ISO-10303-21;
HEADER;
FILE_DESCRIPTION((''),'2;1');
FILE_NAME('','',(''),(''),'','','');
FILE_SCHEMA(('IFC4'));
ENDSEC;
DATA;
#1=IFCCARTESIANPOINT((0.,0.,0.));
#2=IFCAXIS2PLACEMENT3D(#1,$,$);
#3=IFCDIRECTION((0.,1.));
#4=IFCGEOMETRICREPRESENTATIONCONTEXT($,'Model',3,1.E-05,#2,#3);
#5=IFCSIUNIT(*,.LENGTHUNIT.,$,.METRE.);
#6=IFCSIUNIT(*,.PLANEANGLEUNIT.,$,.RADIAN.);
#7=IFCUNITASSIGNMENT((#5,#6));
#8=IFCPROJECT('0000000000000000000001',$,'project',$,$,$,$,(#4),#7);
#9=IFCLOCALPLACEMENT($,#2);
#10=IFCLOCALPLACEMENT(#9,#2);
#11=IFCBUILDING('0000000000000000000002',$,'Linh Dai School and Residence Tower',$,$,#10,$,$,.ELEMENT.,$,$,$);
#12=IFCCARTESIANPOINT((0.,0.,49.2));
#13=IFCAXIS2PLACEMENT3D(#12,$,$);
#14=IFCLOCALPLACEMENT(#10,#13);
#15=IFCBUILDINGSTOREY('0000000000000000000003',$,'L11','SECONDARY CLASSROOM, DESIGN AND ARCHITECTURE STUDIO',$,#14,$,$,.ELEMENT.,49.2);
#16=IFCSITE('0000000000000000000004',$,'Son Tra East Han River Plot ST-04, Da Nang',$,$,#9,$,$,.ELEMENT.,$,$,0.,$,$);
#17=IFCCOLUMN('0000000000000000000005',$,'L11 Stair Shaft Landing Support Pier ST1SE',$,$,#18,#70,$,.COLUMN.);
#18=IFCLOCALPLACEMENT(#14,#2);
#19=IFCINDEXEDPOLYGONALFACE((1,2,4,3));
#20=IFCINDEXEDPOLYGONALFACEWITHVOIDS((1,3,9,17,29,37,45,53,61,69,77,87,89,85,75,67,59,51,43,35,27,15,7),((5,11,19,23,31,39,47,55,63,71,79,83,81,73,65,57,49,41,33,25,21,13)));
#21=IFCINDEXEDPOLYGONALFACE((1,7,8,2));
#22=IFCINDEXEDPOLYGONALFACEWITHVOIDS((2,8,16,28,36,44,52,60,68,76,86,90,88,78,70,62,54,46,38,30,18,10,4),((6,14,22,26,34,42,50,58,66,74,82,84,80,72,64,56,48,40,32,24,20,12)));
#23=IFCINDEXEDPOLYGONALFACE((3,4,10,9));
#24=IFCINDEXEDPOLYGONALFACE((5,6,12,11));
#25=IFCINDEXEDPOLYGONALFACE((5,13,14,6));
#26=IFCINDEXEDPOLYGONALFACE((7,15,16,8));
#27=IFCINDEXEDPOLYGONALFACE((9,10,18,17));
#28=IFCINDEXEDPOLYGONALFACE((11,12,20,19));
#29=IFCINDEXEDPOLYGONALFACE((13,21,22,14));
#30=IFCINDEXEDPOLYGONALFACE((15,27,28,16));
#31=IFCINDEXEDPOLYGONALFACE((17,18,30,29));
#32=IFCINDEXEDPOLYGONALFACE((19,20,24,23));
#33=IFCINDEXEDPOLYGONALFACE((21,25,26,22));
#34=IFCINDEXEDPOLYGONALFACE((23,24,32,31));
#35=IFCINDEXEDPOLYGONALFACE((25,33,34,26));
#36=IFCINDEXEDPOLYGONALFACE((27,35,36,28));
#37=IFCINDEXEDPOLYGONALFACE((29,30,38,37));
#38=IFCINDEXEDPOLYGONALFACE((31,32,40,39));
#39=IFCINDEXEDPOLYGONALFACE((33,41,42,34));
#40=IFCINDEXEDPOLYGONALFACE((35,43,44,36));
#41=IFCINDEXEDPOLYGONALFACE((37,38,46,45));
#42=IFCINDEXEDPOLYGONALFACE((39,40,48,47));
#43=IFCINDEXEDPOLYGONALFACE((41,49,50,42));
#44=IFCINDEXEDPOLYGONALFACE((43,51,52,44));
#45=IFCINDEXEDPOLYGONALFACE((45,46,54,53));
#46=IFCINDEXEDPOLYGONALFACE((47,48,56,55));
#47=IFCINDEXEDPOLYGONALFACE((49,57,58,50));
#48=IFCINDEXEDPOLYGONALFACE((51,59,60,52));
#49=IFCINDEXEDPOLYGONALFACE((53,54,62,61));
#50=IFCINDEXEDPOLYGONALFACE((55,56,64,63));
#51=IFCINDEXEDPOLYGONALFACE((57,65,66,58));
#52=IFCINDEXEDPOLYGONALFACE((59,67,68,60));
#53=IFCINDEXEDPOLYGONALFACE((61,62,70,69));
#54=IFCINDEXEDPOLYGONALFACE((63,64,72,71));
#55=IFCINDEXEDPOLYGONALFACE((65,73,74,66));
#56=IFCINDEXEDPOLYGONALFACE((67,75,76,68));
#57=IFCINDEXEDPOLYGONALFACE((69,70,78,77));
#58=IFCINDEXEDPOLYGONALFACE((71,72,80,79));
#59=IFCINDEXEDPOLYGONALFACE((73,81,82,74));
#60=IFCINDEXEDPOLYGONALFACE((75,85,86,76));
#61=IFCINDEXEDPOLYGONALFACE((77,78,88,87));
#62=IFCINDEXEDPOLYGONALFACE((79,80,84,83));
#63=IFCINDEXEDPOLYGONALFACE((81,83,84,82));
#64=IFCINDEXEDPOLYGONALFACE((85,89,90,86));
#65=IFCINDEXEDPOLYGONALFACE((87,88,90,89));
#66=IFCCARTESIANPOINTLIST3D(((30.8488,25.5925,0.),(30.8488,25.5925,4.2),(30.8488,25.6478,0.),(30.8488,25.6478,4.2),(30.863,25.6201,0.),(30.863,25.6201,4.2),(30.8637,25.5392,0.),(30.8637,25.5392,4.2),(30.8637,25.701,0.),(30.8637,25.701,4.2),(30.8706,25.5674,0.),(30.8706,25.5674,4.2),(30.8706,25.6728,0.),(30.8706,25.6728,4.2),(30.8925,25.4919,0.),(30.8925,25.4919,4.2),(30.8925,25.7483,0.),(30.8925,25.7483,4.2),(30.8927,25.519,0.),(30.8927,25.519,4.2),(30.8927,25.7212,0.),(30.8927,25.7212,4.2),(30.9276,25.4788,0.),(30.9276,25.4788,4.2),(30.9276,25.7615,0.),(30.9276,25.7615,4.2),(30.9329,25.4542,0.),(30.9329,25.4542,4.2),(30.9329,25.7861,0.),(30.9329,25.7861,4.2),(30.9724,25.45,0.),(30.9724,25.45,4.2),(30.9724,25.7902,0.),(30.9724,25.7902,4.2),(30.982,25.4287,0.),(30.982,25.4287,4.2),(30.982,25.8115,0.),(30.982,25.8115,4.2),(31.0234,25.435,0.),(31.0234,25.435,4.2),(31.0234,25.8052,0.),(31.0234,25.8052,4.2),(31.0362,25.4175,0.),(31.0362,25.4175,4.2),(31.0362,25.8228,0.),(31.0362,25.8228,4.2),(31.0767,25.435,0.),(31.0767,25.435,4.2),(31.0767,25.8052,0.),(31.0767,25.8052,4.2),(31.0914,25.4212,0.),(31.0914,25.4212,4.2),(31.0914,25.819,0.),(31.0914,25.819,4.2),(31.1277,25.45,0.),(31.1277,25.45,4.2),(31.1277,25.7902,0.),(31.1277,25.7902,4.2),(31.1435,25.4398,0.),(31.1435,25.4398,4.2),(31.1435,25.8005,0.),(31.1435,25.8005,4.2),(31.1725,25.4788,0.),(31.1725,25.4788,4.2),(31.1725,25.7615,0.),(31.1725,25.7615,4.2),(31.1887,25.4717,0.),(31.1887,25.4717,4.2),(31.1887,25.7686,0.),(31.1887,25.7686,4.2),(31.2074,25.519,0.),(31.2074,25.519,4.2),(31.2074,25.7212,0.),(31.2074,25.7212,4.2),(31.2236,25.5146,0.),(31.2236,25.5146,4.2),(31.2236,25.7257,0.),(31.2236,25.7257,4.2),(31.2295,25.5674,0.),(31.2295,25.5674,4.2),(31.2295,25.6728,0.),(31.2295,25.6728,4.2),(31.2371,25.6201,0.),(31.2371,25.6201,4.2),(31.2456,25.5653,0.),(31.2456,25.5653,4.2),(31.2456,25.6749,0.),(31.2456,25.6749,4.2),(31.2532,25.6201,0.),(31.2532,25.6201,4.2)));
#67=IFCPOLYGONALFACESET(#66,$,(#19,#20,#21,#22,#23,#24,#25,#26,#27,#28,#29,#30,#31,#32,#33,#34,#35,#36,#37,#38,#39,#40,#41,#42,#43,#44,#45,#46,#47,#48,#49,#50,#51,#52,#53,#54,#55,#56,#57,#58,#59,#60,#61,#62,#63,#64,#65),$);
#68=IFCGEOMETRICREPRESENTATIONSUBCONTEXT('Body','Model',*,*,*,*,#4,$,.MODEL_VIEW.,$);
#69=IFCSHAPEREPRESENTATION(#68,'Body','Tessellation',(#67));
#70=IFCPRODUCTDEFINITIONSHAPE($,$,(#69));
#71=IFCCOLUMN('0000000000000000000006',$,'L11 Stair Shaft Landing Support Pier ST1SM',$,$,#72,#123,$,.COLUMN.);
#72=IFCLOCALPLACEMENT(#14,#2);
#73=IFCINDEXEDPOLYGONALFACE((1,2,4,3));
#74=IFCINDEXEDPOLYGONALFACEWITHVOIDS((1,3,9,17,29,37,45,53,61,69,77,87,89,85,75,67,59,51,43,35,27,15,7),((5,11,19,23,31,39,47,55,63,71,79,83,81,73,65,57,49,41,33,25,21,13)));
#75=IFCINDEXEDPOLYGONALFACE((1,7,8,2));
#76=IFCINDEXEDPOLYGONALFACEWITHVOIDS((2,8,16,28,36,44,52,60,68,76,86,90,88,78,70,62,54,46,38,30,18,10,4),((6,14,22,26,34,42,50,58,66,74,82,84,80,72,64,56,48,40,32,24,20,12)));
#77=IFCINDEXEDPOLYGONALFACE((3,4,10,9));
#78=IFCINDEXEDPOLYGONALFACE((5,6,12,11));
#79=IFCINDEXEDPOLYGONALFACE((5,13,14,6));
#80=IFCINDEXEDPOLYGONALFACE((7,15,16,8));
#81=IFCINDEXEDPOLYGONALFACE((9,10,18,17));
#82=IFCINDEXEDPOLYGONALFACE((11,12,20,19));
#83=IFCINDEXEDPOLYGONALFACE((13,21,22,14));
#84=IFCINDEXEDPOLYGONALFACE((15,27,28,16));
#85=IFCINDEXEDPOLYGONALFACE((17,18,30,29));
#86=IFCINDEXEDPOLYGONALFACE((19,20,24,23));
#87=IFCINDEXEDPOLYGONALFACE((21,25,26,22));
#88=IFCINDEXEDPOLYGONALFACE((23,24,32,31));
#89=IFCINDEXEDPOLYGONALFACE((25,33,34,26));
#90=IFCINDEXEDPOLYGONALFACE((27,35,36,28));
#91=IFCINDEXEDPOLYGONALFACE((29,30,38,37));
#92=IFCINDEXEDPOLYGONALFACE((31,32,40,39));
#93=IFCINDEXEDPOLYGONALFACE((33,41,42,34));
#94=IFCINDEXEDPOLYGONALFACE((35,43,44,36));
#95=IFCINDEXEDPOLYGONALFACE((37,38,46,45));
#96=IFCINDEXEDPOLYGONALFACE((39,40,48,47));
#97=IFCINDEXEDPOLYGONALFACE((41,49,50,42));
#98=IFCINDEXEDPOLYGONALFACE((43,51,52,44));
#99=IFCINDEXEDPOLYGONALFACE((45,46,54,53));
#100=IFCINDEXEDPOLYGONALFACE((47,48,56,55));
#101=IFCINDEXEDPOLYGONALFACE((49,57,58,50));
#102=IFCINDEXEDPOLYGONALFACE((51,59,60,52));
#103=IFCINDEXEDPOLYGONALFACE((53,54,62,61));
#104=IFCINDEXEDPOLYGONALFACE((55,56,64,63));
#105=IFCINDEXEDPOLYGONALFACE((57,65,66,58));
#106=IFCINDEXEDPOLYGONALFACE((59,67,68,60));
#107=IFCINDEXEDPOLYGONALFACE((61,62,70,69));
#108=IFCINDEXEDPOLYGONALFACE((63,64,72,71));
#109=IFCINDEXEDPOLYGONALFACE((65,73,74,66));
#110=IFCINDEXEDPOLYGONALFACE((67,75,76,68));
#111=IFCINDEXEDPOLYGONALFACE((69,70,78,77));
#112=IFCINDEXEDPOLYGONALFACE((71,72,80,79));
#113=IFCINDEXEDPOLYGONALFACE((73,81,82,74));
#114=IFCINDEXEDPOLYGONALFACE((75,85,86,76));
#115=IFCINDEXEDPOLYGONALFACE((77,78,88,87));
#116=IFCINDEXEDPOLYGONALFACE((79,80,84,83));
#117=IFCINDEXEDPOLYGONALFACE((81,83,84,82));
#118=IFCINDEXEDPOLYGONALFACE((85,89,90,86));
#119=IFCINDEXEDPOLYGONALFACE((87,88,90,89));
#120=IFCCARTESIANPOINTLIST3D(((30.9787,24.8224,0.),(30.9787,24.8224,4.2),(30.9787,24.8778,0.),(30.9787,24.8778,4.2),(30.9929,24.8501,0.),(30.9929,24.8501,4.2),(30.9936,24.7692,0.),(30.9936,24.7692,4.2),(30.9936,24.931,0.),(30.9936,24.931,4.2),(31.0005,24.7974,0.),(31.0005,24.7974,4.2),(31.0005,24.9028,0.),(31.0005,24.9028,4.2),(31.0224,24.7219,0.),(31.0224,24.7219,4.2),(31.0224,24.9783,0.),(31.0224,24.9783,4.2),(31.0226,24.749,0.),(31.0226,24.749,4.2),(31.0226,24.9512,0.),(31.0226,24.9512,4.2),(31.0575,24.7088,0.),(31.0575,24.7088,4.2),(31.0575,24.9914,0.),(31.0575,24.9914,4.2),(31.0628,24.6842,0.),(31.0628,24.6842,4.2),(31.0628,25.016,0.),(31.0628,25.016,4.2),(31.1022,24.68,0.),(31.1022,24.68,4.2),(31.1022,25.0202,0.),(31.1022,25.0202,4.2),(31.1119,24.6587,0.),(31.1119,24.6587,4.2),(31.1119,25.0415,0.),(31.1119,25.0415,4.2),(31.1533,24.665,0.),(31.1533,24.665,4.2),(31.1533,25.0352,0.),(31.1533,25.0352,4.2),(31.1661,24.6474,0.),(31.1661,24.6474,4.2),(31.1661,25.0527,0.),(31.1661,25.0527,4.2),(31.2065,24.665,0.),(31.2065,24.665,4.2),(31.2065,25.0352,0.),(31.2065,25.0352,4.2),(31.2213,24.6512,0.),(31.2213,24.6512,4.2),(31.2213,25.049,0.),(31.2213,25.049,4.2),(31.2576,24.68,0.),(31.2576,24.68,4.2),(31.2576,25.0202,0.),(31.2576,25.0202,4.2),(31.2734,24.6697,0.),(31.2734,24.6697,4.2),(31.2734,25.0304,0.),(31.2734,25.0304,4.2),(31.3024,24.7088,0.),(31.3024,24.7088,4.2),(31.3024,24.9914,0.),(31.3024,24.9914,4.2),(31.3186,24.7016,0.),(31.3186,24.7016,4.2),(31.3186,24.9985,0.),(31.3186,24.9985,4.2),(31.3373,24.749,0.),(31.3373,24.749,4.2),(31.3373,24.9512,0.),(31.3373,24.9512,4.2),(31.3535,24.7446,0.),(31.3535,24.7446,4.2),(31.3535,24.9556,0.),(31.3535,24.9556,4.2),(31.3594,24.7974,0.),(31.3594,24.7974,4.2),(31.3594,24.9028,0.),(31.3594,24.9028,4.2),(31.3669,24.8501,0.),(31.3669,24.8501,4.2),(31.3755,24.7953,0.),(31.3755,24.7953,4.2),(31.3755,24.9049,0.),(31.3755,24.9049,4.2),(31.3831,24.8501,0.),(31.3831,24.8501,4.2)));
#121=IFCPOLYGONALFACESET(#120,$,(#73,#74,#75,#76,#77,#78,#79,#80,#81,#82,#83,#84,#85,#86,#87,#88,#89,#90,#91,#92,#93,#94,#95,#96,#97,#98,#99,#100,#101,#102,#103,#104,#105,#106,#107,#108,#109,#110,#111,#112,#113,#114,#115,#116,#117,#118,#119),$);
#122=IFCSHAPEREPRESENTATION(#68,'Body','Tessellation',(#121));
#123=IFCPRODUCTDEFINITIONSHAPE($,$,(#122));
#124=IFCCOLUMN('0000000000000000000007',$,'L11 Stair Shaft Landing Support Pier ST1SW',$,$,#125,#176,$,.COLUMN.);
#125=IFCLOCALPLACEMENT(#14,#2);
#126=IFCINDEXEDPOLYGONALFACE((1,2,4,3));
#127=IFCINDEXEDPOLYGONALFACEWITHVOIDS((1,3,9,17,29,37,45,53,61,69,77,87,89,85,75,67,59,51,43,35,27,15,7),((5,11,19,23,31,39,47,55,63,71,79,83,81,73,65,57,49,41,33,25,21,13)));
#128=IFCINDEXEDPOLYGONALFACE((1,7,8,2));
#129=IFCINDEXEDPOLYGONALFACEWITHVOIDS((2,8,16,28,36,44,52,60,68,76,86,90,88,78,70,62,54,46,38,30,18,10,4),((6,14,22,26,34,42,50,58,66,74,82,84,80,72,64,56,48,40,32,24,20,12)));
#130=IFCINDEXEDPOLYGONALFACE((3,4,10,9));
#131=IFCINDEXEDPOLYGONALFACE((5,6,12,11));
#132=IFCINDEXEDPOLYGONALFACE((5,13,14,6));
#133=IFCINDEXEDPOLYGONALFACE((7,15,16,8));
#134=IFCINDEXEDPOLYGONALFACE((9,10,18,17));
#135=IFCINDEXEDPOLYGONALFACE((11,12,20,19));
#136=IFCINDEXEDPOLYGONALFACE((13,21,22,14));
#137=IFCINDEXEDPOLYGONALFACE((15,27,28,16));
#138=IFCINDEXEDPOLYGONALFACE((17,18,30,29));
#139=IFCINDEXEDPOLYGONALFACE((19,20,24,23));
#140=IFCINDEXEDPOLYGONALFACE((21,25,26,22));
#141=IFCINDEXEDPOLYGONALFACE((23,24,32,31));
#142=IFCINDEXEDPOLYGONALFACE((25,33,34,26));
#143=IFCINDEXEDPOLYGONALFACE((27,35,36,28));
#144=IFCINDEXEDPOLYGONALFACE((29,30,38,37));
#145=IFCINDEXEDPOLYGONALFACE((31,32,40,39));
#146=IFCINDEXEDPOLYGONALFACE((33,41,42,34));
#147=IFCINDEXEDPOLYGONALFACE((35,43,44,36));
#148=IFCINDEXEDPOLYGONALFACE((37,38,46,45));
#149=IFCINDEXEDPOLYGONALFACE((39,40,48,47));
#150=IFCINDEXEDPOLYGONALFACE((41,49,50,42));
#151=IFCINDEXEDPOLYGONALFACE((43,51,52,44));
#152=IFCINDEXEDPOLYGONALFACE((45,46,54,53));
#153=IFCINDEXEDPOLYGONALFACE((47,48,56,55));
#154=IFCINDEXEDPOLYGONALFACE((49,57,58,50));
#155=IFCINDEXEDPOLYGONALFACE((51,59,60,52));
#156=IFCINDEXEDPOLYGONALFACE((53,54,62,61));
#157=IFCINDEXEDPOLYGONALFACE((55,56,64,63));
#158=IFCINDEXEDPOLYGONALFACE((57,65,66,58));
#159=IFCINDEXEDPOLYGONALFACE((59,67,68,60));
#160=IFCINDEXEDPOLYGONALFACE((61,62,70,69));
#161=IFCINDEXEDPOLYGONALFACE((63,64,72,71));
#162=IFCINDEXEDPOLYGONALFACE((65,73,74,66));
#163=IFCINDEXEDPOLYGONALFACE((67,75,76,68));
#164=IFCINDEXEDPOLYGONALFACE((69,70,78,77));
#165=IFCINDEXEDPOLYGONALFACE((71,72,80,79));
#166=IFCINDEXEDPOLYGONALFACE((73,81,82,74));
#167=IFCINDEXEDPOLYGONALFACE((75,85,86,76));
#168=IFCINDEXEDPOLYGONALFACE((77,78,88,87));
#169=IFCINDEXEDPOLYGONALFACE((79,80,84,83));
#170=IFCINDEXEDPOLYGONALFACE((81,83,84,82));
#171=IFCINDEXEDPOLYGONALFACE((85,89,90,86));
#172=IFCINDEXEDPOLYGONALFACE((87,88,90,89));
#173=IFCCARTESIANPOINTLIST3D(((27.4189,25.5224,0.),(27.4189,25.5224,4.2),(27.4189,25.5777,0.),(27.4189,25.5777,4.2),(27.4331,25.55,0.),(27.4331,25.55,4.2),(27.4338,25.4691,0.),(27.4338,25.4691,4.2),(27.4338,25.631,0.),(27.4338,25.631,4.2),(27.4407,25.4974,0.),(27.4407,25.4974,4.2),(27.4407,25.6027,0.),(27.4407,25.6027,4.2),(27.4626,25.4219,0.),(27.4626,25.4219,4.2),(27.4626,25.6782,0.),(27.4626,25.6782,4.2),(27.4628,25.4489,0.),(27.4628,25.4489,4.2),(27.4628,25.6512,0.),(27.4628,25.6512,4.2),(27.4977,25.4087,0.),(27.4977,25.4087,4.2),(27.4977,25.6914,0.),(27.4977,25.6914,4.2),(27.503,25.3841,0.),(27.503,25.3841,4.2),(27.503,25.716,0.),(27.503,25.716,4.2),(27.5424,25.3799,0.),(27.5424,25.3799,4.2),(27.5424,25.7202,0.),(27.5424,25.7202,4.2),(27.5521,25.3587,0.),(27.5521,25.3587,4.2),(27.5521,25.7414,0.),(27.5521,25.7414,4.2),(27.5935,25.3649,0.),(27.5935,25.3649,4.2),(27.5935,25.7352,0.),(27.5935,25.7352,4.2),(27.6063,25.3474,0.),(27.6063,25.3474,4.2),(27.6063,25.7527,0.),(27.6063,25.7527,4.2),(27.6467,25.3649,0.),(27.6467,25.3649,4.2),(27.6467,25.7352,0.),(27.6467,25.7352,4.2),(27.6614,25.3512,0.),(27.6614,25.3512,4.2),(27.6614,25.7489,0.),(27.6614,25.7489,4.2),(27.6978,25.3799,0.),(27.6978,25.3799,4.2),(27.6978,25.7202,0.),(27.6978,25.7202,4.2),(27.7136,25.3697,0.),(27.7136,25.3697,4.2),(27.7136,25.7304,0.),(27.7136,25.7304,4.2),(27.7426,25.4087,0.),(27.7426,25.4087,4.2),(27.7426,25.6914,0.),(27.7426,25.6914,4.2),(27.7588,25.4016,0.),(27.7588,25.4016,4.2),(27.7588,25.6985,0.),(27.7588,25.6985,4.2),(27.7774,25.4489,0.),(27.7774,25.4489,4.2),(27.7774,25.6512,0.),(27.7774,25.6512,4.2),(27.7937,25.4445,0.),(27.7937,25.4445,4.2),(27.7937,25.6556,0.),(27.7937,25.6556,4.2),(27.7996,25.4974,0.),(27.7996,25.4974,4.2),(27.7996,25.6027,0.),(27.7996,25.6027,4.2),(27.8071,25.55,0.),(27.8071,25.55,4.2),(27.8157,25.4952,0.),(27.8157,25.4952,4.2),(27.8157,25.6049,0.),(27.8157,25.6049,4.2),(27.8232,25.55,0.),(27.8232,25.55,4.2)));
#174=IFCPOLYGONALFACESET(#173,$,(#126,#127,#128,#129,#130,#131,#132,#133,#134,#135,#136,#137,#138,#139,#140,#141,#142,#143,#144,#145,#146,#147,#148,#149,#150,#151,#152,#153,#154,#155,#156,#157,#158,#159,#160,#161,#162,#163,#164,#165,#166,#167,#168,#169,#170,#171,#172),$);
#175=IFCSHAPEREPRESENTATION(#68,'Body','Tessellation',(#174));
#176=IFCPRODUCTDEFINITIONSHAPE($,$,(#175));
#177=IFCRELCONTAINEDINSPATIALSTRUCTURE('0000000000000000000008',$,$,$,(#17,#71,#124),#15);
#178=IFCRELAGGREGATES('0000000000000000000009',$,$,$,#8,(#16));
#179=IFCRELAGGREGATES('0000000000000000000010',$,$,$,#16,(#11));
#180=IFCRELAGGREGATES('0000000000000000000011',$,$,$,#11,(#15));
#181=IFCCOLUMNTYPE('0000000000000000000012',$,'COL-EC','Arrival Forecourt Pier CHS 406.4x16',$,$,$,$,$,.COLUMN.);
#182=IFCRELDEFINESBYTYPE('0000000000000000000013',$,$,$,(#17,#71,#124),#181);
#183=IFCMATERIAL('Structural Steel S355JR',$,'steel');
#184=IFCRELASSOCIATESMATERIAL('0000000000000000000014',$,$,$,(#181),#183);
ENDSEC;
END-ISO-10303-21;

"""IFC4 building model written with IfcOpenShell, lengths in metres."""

from ifc_helpers import new_model, si_unit, direction, frame, origin, origin_2d, place, context, subcontext, project, spatial, hollow_circle, extrude, material, material_profile, profile_set, type_object, element, save


model = new_model("IFC4")

# Units and contexts
model_context = context("Model", 3, precision=1e-05, world=origin(), true_north=direction((0.0, 1.0)))
body_context = subcontext(model_context, "Body", "Model", "MODEL_VIEW")
ifc_project = project(units=[si_unit("LENGTHUNIT", "METRE"), si_unit("PLANEANGLEUNIT", "RADIAN")], contexts=[model_context])

# Site, building, storey
site_placement = place(None, origin())
site = spatial("IfcSite", under=ifc_project, at=site_placement, Name="Son Tra East Han River Plot ST-04, Da Nang", CompositionType="ELEMENT", RefElevation=0.0)
building_placement = place(site_placement, origin())
building = spatial("IfcBuilding", under=site, at=building_placement, Name="Linh Dai School and Residence Tower", CompositionType="ELEMENT")
storey_placement = place(building_placement, frame((0.0, 0.0, 49.2)))
storey = spatial("IfcBuildingStorey", under=building, at=storey_placement, Name="L11", Description="SECONDARY CLASSROOM, DESIGN AND ARCHITECTURE STUDIO", CompositionType="ELEMENT", Elevation=49.2)

# Columns
ifc_material_1 = material(Name="Structural Steel S355JR", Category="steel")
ifc_material_profile_1 = material_profile(ifc_material_1, hollow_circle(Radius=0.2031, WallThickness=0.0161, at=origin_2d()), Name="CHS 406.4x16")
ifc_profile_set_1 = profile_set([ifc_material_profile_1], Name="Structural Steel S355JR")
column_type = type_object("IfcColumnType", Name="COL-EC", Description="Arrival Forecourt Pier CHS 406.4x16", PredefinedType="COLUMN", material=ifc_profile_set_1)
for number, where, z_axis, x_axis, name in (
    (1, (31.05, 25.6201, 0.0), (0.0, 0.0, 1.0), (1.0, 0.0, 0.0), "L11 Stair Shaft Landing Support Pier ST1SE"),
    (2, (31.1799, 24.8501, 0.0), (0.0, 0.0, 1.0), (1.0, 0.0, 0.0), "L11 Stair Shaft Landing Support Pier ST1SM"),
    (3, (27.6201, 25.55, 0.0), (0.0, 0.0, 1.0), (1.0, 0.0, 0.0), "L11 Stair Shaft Landing Support Pier ST1SW"),
):
    element("IfcColumn", number, at=place(storey_placement, frame(where, z_axis=z_axis, x_axis=x_axis)), inside=storey, type_object=column_type, Name=name, PredefinedType="COLUMN", context=body_context, shape_type="SweptSolid", body=[
        extrude(hollow_circle(Radius=0.2031, WallThickness=0.0161, at=origin_2d()), origin(), (0.0, 0.0, 1.0), 4.2),
    ])

save(model, "model.ifc")
